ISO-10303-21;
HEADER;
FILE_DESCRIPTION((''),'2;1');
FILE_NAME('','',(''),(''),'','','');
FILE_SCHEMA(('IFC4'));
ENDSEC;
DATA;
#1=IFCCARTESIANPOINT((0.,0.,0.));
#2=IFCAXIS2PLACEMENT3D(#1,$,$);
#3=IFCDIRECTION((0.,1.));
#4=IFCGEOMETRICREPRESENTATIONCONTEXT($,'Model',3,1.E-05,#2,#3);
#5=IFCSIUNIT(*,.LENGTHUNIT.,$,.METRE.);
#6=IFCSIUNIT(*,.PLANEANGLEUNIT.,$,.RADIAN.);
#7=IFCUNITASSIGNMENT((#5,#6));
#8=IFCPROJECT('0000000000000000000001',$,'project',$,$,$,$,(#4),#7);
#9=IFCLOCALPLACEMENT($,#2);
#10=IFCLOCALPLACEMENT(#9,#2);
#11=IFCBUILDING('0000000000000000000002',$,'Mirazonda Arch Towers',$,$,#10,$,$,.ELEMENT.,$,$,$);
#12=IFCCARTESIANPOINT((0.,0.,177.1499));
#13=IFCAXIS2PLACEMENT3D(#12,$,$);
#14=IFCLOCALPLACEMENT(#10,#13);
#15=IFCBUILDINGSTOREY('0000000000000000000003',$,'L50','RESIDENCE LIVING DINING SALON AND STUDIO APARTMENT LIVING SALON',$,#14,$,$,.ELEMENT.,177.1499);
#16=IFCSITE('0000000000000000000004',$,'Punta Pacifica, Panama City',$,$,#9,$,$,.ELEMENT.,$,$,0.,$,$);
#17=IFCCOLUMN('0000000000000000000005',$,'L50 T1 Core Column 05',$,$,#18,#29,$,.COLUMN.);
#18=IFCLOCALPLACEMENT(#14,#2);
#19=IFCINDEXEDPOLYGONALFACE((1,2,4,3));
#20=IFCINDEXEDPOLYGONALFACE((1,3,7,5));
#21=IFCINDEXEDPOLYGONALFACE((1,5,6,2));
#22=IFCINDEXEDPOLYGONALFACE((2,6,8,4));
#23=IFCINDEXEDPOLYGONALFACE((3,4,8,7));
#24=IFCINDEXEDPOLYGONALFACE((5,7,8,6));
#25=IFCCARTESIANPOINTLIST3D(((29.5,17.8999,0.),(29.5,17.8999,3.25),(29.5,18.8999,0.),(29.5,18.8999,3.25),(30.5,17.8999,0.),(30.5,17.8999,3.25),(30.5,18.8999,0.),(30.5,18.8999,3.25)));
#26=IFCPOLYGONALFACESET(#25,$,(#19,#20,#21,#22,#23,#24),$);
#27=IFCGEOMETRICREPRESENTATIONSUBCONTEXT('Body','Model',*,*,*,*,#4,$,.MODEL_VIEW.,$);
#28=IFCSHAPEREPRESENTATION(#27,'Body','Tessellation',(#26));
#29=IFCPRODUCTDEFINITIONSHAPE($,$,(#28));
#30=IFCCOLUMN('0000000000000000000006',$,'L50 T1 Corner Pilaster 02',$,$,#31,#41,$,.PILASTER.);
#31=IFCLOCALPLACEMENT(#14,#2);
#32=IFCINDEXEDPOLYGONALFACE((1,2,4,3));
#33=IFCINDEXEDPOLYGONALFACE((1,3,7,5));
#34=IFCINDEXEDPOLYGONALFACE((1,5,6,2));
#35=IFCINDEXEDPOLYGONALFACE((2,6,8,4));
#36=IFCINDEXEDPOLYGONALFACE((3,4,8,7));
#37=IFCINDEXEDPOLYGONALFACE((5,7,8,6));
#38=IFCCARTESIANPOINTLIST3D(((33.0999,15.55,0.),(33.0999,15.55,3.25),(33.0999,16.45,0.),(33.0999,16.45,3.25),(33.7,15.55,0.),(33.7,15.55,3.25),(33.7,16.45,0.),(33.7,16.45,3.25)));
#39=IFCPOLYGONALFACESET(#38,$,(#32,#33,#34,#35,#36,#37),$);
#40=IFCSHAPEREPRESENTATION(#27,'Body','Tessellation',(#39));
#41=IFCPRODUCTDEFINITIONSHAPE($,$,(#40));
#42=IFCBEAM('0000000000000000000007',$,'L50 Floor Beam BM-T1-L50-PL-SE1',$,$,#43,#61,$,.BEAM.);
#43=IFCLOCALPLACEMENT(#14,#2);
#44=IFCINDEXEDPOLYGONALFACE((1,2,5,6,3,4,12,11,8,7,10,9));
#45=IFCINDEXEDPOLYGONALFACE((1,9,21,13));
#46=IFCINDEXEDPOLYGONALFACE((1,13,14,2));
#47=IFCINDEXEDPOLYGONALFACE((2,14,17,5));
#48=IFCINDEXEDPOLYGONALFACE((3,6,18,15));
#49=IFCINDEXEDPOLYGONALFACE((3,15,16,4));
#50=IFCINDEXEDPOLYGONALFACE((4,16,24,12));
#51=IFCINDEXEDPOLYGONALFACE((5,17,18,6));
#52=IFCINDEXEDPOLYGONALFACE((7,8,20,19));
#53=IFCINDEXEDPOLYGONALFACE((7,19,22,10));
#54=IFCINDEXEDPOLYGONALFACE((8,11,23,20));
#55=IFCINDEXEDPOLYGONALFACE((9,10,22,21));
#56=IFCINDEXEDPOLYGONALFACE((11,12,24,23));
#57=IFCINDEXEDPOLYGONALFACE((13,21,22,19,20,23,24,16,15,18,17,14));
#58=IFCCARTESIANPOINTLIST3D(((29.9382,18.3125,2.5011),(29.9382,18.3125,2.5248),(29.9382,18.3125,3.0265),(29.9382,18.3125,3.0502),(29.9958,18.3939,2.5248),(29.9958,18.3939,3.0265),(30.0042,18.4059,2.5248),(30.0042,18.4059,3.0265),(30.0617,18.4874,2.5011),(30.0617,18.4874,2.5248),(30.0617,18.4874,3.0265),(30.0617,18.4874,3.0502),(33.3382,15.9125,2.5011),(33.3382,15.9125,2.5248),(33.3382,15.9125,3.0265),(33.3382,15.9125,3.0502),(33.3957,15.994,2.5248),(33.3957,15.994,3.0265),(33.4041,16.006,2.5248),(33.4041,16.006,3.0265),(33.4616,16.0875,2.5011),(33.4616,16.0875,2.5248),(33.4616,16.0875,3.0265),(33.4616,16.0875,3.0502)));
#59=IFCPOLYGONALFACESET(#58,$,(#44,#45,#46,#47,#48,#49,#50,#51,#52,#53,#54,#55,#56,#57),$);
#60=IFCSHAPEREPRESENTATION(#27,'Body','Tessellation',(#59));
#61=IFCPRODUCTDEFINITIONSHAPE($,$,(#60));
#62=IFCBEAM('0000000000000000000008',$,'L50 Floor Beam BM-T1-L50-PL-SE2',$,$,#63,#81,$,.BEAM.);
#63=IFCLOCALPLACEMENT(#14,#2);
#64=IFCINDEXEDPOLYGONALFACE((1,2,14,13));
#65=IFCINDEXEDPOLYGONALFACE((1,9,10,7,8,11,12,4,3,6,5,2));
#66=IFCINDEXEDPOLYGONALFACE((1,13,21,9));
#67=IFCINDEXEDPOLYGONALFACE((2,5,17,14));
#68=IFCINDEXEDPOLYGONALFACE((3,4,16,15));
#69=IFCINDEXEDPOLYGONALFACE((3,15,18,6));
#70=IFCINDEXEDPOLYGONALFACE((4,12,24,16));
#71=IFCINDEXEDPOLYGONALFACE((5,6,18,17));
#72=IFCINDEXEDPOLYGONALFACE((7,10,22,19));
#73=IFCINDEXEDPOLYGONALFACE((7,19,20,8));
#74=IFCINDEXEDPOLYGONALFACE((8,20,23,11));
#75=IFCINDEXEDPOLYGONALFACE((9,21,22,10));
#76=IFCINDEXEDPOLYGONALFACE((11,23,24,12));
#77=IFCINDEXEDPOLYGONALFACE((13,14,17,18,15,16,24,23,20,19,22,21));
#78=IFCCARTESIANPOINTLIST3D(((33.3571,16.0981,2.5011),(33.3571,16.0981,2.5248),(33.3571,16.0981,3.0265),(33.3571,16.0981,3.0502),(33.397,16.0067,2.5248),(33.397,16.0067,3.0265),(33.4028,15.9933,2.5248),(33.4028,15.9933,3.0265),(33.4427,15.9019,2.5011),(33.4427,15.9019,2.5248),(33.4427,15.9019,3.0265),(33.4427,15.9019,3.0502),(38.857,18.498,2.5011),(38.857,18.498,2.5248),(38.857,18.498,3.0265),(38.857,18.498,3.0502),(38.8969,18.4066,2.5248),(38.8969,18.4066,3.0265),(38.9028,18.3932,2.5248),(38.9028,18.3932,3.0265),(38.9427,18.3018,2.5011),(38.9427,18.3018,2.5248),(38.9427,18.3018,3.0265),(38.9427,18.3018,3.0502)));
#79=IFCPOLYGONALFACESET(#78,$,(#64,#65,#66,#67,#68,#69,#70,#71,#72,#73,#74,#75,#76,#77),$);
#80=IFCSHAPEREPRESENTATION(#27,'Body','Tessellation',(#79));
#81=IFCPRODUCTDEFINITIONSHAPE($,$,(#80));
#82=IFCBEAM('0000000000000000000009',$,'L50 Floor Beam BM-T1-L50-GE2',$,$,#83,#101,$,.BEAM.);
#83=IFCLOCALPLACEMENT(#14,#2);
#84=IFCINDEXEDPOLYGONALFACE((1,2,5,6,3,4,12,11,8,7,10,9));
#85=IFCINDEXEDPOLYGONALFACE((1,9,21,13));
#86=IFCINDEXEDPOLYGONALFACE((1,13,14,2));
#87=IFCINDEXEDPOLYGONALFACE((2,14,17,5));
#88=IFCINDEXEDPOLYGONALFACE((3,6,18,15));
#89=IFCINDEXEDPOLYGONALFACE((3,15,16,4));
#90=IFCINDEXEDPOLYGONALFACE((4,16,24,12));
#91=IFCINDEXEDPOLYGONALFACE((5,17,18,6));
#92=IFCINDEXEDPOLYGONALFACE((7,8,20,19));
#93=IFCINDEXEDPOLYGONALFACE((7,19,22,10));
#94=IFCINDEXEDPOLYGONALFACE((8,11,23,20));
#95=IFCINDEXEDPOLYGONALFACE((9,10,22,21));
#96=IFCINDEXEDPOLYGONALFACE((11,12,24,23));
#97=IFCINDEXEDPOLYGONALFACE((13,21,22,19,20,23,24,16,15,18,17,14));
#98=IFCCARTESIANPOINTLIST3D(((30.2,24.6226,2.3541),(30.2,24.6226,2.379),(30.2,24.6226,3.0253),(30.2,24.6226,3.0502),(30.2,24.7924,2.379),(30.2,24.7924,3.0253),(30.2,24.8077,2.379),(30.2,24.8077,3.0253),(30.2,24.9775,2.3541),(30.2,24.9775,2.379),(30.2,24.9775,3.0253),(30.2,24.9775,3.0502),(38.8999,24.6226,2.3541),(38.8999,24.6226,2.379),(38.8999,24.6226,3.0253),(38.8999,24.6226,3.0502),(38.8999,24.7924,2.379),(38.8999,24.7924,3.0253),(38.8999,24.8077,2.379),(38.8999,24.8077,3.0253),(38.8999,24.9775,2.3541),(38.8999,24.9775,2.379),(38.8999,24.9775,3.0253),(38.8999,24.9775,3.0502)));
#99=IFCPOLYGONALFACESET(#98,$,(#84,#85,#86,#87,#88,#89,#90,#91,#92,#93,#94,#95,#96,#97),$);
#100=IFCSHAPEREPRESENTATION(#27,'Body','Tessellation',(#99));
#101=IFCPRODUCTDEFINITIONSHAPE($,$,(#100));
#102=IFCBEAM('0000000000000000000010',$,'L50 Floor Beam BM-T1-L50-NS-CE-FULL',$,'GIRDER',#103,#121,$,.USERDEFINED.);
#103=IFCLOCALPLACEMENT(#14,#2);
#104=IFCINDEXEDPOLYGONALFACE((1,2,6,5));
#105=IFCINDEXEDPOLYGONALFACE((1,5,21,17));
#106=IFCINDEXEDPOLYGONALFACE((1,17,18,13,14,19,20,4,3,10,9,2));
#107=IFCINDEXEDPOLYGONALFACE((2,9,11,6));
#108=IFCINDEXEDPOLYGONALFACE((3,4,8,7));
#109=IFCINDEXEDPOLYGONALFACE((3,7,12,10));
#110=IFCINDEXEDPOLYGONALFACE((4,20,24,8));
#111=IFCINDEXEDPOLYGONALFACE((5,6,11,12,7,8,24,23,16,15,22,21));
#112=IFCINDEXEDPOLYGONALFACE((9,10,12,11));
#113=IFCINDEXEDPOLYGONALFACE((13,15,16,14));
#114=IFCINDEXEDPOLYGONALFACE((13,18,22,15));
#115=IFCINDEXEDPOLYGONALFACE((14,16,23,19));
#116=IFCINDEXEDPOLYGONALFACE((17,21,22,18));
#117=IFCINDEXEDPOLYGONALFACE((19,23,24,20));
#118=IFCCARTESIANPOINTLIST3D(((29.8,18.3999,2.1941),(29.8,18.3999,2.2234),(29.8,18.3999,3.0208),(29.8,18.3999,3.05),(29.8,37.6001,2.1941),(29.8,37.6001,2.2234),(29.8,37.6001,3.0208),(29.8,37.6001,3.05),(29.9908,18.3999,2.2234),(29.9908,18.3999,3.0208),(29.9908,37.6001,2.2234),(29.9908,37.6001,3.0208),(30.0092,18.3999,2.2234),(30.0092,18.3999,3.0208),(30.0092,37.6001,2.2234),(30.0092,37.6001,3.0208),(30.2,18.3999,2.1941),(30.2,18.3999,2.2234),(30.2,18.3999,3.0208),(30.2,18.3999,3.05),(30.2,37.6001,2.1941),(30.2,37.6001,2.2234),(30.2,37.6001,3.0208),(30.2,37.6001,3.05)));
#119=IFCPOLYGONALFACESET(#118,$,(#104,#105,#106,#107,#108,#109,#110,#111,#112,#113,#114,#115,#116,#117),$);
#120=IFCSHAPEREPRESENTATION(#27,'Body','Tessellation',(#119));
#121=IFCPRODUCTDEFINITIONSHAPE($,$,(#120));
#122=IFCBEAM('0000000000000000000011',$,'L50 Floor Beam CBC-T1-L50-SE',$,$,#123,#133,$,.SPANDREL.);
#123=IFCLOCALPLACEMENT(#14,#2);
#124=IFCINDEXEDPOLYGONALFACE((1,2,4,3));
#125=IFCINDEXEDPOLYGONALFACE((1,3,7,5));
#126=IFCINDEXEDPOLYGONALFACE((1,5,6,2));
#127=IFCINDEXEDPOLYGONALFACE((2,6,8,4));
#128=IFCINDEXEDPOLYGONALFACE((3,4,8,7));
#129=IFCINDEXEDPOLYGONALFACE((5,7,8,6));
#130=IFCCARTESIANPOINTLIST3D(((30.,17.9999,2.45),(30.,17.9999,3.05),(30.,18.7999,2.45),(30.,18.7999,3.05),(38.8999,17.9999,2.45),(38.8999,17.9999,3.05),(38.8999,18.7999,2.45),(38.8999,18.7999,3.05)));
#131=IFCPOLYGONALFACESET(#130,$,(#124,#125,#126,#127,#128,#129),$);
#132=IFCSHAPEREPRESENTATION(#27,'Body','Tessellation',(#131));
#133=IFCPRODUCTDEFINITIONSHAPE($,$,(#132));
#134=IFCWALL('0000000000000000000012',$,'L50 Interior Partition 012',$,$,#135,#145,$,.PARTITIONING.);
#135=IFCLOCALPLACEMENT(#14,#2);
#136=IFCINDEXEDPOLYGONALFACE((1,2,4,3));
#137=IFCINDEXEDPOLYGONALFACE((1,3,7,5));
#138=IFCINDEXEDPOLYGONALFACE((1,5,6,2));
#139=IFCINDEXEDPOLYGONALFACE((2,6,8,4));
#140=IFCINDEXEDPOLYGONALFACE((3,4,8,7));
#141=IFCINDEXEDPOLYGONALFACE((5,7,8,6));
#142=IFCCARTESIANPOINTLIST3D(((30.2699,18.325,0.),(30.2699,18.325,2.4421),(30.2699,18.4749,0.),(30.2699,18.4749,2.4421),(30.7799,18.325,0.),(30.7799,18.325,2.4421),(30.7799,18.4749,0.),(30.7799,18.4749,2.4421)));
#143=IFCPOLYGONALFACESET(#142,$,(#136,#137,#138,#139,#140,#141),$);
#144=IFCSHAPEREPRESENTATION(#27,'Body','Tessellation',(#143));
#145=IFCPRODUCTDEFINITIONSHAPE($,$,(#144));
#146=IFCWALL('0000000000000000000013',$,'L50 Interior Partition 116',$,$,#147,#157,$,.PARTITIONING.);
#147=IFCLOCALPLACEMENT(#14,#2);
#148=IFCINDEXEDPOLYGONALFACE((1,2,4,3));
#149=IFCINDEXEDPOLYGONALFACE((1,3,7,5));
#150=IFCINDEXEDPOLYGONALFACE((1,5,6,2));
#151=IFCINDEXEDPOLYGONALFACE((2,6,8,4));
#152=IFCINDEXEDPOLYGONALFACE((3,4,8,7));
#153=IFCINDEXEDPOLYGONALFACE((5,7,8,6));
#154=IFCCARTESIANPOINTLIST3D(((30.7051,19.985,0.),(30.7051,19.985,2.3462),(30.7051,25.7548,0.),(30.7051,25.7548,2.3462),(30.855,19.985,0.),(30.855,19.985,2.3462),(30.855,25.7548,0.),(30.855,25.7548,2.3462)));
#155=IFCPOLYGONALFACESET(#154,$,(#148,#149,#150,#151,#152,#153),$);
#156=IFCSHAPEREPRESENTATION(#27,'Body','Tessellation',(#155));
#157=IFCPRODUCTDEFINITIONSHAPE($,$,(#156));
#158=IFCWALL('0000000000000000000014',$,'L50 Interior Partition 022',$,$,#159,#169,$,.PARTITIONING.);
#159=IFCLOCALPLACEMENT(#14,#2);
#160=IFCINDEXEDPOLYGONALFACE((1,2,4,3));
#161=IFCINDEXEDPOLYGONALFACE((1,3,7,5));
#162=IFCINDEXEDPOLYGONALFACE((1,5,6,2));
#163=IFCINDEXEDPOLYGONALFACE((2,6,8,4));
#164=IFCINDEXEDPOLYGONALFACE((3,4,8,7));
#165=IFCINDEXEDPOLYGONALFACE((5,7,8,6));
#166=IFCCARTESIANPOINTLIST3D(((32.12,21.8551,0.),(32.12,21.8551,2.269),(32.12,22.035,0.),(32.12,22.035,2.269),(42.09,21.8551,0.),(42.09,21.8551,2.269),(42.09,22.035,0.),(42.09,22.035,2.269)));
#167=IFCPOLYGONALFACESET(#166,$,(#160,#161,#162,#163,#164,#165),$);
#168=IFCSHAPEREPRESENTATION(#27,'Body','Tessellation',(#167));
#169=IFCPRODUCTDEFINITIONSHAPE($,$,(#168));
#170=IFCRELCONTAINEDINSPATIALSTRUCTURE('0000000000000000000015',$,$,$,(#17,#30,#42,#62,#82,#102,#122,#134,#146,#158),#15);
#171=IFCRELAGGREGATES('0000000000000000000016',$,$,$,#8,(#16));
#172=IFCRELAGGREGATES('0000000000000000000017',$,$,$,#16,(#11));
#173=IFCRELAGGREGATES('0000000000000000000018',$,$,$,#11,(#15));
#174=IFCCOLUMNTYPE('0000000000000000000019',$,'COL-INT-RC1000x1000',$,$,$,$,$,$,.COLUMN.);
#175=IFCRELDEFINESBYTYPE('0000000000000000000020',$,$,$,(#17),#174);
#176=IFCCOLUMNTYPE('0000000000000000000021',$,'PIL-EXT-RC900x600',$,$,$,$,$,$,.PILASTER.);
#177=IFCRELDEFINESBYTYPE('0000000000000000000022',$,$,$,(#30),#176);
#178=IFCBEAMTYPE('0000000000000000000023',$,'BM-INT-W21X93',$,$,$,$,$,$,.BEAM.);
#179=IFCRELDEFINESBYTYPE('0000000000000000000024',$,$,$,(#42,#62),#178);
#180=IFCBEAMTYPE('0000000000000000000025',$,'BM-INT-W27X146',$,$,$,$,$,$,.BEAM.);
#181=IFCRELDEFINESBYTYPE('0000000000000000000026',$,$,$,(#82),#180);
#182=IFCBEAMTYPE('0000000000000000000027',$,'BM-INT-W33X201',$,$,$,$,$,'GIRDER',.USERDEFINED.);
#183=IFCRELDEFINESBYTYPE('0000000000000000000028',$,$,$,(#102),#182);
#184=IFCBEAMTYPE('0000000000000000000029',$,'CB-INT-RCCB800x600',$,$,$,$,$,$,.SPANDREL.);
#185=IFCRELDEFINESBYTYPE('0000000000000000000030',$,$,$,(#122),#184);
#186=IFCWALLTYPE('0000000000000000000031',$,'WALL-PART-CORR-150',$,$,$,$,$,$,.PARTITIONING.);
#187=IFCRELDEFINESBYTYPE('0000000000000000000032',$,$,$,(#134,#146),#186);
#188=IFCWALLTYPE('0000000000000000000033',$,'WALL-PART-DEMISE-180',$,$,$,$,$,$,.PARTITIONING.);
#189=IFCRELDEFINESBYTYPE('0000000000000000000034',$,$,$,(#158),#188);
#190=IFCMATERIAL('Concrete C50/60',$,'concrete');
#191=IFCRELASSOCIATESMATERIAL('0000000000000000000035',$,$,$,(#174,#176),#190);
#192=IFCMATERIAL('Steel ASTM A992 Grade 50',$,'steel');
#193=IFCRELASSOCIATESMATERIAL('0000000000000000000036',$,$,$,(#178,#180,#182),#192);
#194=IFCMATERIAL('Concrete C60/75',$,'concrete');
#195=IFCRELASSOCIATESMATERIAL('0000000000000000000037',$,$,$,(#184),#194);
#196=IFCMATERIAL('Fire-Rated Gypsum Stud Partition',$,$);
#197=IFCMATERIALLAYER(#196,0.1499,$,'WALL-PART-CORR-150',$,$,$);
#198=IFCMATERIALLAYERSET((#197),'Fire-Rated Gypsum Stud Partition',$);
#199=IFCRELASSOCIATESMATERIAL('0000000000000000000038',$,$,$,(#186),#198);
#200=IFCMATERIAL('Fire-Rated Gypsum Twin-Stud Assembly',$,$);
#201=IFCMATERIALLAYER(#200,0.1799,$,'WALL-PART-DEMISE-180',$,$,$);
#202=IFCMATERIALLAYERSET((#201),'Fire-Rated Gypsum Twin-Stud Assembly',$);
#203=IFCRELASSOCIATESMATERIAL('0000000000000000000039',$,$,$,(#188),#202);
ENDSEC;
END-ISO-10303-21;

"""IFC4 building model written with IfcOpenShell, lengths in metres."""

from ifc_helpers import new_model, si_unit, direction, frame, frame_2d, origin, origin_2d, place, context, subcontext, project, spatial, rectangle, i_section, extrude, material, layer, layer_set, material_profile, profile_set, type_object, element, save


model = new_model("IFC4")

# Units and contexts
model_context = context("Model", 3, precision=1e-05, world=origin(), true_north=direction((0.0, 1.0)))
body_context = subcontext(model_context, "Body", "Model", "MODEL_VIEW")
ifc_project = project(units=[si_unit("LENGTHUNIT", "METRE"), si_unit("PLANEANGLEUNIT", "RADIAN")], contexts=[model_context])

# Site, building, storey
site_placement = place(None, origin())
site = spatial("IfcSite", under=ifc_project, at=site_placement, Name="Punta Pacifica, Panama City", CompositionType="ELEMENT", RefElevation=0.0)
building_placement = place(site_placement, origin())
building = spatial("IfcBuilding", under=site, at=building_placement, Name="Mirazonda Arch Towers", CompositionType="ELEMENT")
storey_placement = place(building_placement, frame((0.0, 0.0, 177.1499)))
storey = spatial("IfcBuildingStorey", under=building, at=storey_placement, Name="L50", Description="RESIDENCE LIVING DINING SALON AND STUDIO APARTMENT LIVING SALON", CompositionType="ELEMENT", Elevation=177.1499)

# Columns
ifc_material_1 = material(Name="Concrete C50/60", Category="concrete")
ifc_material_profile_1 = material_profile(ifc_material_1, rectangle(XDim=1.0, YDim=1.0, at=origin_2d()), Name="RC1000x1000")
ifc_profile_set_1 = profile_set([ifc_material_profile_1], Name="Concrete C50/60")
column_type_1 = type_object("IfcColumnType", Name="COL-INT-RC1000x1000", PredefinedType="COLUMN", material=ifc_profile_set_1)
column_1_placement = place(storey_placement, frame((30.0, 18.3999, 0.0), z_axis=(0.0, 0.0, 1.0), x_axis=(1.0, 0.0, 0.0)))
element("IfcColumn", 1, at=column_1_placement, inside=storey, type_object=column_type_1, Name="L50 T1 Core Column 05", PredefinedType="COLUMN", context=body_context, shape_type="SweptSolid", body=[
    extrude(rectangle(XDim=1.0, YDim=1.0, at=origin_2d()), origin(), (0.0, 0.0, 1.0), 3.25),
])
ifc_material_profile_2 = material_profile(ifc_material_1, rectangle(XDim=0.6001, YDim=0.8999, at=origin_2d()), Name="RC900x600")
ifc_profile_set_2 = profile_set([ifc_material_profile_2], Name="Concrete C50/60")
column_type_2 = type_object("IfcColumnType", Name="PIL-EXT-RC900x600", PredefinedType="PILASTER", material=ifc_profile_set_2)
column_2_placement = place(storey_placement, frame((33.3999, 16.0, 0.0), z_axis=(0.0, 0.0, 1.0), x_axis=(1.0, 0.0, 0.0)))
element("IfcColumn", 2, at=column_2_placement, inside=storey, type_object=column_type_2, Name="L50 T1 Corner Pilaster 02", PredefinedType="PILASTER", context=body_context, shape_type="SweptSolid", body=[
    extrude(rectangle(XDim=0.6001, YDim=0.8999, at=origin_2d()), origin(), (0.0, 0.0, 1.0), 3.25),
])

# Beams
ifc_material_2 = material(Name="Steel ASTM A992 Grade 50", Category="steel")
ifc_material_profile_3 = material_profile(ifc_material_2, i_section(OverallWidth=0.2141, OverallDepth=0.5491, WebThickness=0.0146, FlangeThickness=0.0237, at=origin_2d()), Name="W21X93")
ifc_profile_set_3 = profile_set([ifc_material_profile_3], Name="Steel ASTM A992 Grade 50")
beam_type_1 = type_object("IfcBeamType", Name="BM-INT-W21X93", PredefinedType="BEAM", material=ifc_profile_set_3)
beam_1_placement = place(storey_placement, frame((33.3999, 16.0, 2.7756), z_axis=(-0.816971, 0.576679, 0.0), x_axis=(-0.576679, -0.816971, 0.0)))
element("IfcBeam", 3, at=beam_1_placement, inside=storey, type_object=beam_type_1, Name="L50 Floor Beam BM-T1-L50-PL-SE1", PredefinedType="BEAM", context=body_context, shape_type="SweptSolid", body=[
    extrude(i_section(OverallWidth=0.2141, OverallDepth=0.5491, WebThickness=0.0146, FlangeThickness=0.0237, at=origin_2d()), origin(), (0.0, 0.0, 1.0), 4.1616),
])
beam_2_placement = place(storey_placement, frame((33.3999, 16.0, 2.7756), z_axis=(0.916545, 0.399931, 0.0), x_axis=(-0.399931, 0.916545, 0.0)))
element("IfcBeam", 4, at=beam_2_placement, inside=storey, type_object=beam_type_1, Name="L50 Floor Beam BM-T1-L50-PL-SE2", PredefinedType="BEAM", context=body_context, shape_type="SweptSolid", body=[
    extrude(i_section(OverallWidth=0.2141, OverallDepth=0.5491, WebThickness=0.0146, FlangeThickness=0.0237, at=origin_2d()), origin(), (0.0, 0.0, 1.0), 6.0007),
])
ifc_material_profile_4 = material_profile(ifc_material_2, i_section(OverallWidth=0.355, OverallDepth=0.696, WebThickness=0.0154, FlangeThickness=0.0249, at=origin_2d()), Name="W27X146")
ifc_profile_set_4 = profile_set([ifc_material_profile_4], Name="Steel ASTM A992 Grade 50")
beam_type_2 = type_object("IfcBeamType", Name="BM-INT-W27X146", PredefinedType="BEAM", material=ifc_profile_set_4)
beam_3_placement = place(storey_placement, frame((30.2, 24.8, 2.7021), z_axis=(1.0, 0.0, 0.0), x_axis=(0.0, 1.0, 0.0)))
element("IfcBeam", 5, at=beam_3_placement, inside=storey, type_object=beam_type_2, Name="L50 Floor Beam BM-T1-L50-GE2", PredefinedType="BEAM", context=body_context, shape_type="SweptSolid", body=[
    extrude(i_section(OverallWidth=0.355, OverallDepth=0.696, WebThickness=0.0154, FlangeThickness=0.0249, at=origin_2d()), origin(), (0.0, 0.0, 1.0), 8.7),
])
ifc_material_profile_5 = material_profile(ifc_material_2, i_section(OverallWidth=0.3999, OverallDepth=0.856, WebThickness=0.0183, FlangeThickness=0.0293, at=origin_2d()), Name="W33X201")
ifc_profile_set_5 = profile_set([ifc_material_profile_5], Name="Steel ASTM A992 Grade 50")
beam_type_3 = type_object("IfcBeamType", Name="BM-INT-W33X201", ElementType="GIRDER", PredefinedType="USERDEFINED", material=ifc_profile_set_5)
beam_4_placement = place(storey_placement, frame((30.0, 18.3999, 2.6221), z_axis=(0.0, 1.0, 0.0), x_axis=(-1.0, 0.0, 0.0)))
element("IfcBeam", 6, at=beam_4_placement, inside=storey, type_object=beam_type_3, Name="L50 Floor Beam BM-T1-L50-NS-CE-FULL", ObjectType="GIRDER", PredefinedType="USERDEFINED", context=body_context, shape_type="SweptSolid", body=[
    extrude(i_section(OverallWidth=0.3999, OverallDepth=0.856, WebThickness=0.0183, FlangeThickness=0.0293, at=origin_2d()), origin(), (0.0, 0.0, 1.0), 19.2002),
])
ifc_material_3 = material(Name="Concrete C60/75", Category="concrete")
ifc_material_profile_6 = material_profile(ifc_material_3, rectangle(XDim=0.8, YDim=0.6001, at=origin_2d()), Name="RCCB800x600")
ifc_profile_set_6 = profile_set([ifc_material_profile_6], Name="Concrete C60/75")
beam_type_4 = type_object("IfcBeamType", Name="CB-INT-RCCB800x600", PredefinedType="SPANDREL", material=ifc_profile_set_6)
beam_5_placement = place(storey_placement, frame((30.0, 18.3999, 2.75), z_axis=(1.0, 0.0, 0.0), x_axis=(0.0, 1.0, 0.0)))
element("IfcBeam", 7, at=beam_5_placement, inside=storey, type_object=beam_type_4, Name="L50 Floor Beam CBC-T1-L50-SE", PredefinedType="SPANDREL", context=body_context, shape_type="SweptSolid", body=[
    extrude(rectangle(XDim=0.8, YDim=0.6001, at=origin_2d()), origin(), (0.0, 0.0, 1.0), 8.8999),
])

# Walls
ifc_material_4 = material(Name="Fire-Rated Gypsum Stud Partition")
ifc_layer_1 = layer(ifc_material_4, 0.1499, Name="WALL-PART-CORR-150")
ifc_layer_set_1 = layer_set([ifc_layer_1], Name="Fire-Rated Gypsum Stud Partition")
wall_type_1 = type_object("IfcWallType", Name="WALL-PART-CORR-150", PredefinedType="PARTITIONING", material=ifc_layer_set_1)
wall_1_placement = place(storey_placement, frame((30.27, 18.3999, 0.0), z_axis=(0.0, 0.0, 1.0), x_axis=(1.0, 0.0, 0.0)))
element("IfcWall", 8, at=wall_1_placement, inside=storey, type_object=wall_type_1, Name="L50 Interior Partition 012", PredefinedType="PARTITIONING", context=body_context, shape_type="SweptSolid", body=[
    extrude(rectangle(XDim=0.51, YDim=0.1499, at=frame_2d((0.2549, 0.0))), origin(), (0.0, 0.0, 1.0), 2.4421),
])
wall_2_placement = place(storey_placement, frame((30.78, 19.9851, 0.0), z_axis=(0.0, 0.0, 1.0), x_axis=(0.0, 1.0, 0.0)))
element("IfcWall", 9, at=wall_2_placement, inside=storey, type_object=wall_type_1, Name="L50 Interior Partition 116", PredefinedType="PARTITIONING", context=body_context, shape_type="SweptSolid", body=[
    extrude(rectangle(XDim=5.7698, YDim=0.1499, at=frame_2d((2.8848, 0.0))), origin(), (0.0, 0.0, 1.0), 2.3462),
])

# Shared definitions
ifc_material_5 = material(Name="Fire-Rated Gypsum Twin-Stud Assembly")
ifc_layer_2 = layer(ifc_material_5, 0.1799, Name="WALL-PART-DEMISE-180")
ifc_layer_set_2 = layer_set([ifc_layer_2], Name="Fire-Rated Gypsum Twin-Stud Assembly")
wall_type_2 = type_object("IfcWallType", Name="WALL-PART-DEMISE-180", PredefinedType="PARTITIONING", material=ifc_layer_set_2)

# Wall
wall_3_placement = place(storey_placement, frame((32.1201, 21.9451, 0.0), z_axis=(0.0, 0.0, 1.0), x_axis=(1.0, 0.0, 0.0)))
element("IfcWall", 10, at=wall_3_placement, inside=storey, type_object=wall_type_2, Name="L50 Interior Partition 022", PredefinedType="PARTITIONING", context=body_context, shape_type="SweptSolid", body=[
    extrude(rectangle(XDim=9.97, YDim=0.1799, at=frame_2d((4.9849, 0.0))), origin(), (0.0, 0.0, 1.0), 2.269),
])

save(model, "model.ifc")
